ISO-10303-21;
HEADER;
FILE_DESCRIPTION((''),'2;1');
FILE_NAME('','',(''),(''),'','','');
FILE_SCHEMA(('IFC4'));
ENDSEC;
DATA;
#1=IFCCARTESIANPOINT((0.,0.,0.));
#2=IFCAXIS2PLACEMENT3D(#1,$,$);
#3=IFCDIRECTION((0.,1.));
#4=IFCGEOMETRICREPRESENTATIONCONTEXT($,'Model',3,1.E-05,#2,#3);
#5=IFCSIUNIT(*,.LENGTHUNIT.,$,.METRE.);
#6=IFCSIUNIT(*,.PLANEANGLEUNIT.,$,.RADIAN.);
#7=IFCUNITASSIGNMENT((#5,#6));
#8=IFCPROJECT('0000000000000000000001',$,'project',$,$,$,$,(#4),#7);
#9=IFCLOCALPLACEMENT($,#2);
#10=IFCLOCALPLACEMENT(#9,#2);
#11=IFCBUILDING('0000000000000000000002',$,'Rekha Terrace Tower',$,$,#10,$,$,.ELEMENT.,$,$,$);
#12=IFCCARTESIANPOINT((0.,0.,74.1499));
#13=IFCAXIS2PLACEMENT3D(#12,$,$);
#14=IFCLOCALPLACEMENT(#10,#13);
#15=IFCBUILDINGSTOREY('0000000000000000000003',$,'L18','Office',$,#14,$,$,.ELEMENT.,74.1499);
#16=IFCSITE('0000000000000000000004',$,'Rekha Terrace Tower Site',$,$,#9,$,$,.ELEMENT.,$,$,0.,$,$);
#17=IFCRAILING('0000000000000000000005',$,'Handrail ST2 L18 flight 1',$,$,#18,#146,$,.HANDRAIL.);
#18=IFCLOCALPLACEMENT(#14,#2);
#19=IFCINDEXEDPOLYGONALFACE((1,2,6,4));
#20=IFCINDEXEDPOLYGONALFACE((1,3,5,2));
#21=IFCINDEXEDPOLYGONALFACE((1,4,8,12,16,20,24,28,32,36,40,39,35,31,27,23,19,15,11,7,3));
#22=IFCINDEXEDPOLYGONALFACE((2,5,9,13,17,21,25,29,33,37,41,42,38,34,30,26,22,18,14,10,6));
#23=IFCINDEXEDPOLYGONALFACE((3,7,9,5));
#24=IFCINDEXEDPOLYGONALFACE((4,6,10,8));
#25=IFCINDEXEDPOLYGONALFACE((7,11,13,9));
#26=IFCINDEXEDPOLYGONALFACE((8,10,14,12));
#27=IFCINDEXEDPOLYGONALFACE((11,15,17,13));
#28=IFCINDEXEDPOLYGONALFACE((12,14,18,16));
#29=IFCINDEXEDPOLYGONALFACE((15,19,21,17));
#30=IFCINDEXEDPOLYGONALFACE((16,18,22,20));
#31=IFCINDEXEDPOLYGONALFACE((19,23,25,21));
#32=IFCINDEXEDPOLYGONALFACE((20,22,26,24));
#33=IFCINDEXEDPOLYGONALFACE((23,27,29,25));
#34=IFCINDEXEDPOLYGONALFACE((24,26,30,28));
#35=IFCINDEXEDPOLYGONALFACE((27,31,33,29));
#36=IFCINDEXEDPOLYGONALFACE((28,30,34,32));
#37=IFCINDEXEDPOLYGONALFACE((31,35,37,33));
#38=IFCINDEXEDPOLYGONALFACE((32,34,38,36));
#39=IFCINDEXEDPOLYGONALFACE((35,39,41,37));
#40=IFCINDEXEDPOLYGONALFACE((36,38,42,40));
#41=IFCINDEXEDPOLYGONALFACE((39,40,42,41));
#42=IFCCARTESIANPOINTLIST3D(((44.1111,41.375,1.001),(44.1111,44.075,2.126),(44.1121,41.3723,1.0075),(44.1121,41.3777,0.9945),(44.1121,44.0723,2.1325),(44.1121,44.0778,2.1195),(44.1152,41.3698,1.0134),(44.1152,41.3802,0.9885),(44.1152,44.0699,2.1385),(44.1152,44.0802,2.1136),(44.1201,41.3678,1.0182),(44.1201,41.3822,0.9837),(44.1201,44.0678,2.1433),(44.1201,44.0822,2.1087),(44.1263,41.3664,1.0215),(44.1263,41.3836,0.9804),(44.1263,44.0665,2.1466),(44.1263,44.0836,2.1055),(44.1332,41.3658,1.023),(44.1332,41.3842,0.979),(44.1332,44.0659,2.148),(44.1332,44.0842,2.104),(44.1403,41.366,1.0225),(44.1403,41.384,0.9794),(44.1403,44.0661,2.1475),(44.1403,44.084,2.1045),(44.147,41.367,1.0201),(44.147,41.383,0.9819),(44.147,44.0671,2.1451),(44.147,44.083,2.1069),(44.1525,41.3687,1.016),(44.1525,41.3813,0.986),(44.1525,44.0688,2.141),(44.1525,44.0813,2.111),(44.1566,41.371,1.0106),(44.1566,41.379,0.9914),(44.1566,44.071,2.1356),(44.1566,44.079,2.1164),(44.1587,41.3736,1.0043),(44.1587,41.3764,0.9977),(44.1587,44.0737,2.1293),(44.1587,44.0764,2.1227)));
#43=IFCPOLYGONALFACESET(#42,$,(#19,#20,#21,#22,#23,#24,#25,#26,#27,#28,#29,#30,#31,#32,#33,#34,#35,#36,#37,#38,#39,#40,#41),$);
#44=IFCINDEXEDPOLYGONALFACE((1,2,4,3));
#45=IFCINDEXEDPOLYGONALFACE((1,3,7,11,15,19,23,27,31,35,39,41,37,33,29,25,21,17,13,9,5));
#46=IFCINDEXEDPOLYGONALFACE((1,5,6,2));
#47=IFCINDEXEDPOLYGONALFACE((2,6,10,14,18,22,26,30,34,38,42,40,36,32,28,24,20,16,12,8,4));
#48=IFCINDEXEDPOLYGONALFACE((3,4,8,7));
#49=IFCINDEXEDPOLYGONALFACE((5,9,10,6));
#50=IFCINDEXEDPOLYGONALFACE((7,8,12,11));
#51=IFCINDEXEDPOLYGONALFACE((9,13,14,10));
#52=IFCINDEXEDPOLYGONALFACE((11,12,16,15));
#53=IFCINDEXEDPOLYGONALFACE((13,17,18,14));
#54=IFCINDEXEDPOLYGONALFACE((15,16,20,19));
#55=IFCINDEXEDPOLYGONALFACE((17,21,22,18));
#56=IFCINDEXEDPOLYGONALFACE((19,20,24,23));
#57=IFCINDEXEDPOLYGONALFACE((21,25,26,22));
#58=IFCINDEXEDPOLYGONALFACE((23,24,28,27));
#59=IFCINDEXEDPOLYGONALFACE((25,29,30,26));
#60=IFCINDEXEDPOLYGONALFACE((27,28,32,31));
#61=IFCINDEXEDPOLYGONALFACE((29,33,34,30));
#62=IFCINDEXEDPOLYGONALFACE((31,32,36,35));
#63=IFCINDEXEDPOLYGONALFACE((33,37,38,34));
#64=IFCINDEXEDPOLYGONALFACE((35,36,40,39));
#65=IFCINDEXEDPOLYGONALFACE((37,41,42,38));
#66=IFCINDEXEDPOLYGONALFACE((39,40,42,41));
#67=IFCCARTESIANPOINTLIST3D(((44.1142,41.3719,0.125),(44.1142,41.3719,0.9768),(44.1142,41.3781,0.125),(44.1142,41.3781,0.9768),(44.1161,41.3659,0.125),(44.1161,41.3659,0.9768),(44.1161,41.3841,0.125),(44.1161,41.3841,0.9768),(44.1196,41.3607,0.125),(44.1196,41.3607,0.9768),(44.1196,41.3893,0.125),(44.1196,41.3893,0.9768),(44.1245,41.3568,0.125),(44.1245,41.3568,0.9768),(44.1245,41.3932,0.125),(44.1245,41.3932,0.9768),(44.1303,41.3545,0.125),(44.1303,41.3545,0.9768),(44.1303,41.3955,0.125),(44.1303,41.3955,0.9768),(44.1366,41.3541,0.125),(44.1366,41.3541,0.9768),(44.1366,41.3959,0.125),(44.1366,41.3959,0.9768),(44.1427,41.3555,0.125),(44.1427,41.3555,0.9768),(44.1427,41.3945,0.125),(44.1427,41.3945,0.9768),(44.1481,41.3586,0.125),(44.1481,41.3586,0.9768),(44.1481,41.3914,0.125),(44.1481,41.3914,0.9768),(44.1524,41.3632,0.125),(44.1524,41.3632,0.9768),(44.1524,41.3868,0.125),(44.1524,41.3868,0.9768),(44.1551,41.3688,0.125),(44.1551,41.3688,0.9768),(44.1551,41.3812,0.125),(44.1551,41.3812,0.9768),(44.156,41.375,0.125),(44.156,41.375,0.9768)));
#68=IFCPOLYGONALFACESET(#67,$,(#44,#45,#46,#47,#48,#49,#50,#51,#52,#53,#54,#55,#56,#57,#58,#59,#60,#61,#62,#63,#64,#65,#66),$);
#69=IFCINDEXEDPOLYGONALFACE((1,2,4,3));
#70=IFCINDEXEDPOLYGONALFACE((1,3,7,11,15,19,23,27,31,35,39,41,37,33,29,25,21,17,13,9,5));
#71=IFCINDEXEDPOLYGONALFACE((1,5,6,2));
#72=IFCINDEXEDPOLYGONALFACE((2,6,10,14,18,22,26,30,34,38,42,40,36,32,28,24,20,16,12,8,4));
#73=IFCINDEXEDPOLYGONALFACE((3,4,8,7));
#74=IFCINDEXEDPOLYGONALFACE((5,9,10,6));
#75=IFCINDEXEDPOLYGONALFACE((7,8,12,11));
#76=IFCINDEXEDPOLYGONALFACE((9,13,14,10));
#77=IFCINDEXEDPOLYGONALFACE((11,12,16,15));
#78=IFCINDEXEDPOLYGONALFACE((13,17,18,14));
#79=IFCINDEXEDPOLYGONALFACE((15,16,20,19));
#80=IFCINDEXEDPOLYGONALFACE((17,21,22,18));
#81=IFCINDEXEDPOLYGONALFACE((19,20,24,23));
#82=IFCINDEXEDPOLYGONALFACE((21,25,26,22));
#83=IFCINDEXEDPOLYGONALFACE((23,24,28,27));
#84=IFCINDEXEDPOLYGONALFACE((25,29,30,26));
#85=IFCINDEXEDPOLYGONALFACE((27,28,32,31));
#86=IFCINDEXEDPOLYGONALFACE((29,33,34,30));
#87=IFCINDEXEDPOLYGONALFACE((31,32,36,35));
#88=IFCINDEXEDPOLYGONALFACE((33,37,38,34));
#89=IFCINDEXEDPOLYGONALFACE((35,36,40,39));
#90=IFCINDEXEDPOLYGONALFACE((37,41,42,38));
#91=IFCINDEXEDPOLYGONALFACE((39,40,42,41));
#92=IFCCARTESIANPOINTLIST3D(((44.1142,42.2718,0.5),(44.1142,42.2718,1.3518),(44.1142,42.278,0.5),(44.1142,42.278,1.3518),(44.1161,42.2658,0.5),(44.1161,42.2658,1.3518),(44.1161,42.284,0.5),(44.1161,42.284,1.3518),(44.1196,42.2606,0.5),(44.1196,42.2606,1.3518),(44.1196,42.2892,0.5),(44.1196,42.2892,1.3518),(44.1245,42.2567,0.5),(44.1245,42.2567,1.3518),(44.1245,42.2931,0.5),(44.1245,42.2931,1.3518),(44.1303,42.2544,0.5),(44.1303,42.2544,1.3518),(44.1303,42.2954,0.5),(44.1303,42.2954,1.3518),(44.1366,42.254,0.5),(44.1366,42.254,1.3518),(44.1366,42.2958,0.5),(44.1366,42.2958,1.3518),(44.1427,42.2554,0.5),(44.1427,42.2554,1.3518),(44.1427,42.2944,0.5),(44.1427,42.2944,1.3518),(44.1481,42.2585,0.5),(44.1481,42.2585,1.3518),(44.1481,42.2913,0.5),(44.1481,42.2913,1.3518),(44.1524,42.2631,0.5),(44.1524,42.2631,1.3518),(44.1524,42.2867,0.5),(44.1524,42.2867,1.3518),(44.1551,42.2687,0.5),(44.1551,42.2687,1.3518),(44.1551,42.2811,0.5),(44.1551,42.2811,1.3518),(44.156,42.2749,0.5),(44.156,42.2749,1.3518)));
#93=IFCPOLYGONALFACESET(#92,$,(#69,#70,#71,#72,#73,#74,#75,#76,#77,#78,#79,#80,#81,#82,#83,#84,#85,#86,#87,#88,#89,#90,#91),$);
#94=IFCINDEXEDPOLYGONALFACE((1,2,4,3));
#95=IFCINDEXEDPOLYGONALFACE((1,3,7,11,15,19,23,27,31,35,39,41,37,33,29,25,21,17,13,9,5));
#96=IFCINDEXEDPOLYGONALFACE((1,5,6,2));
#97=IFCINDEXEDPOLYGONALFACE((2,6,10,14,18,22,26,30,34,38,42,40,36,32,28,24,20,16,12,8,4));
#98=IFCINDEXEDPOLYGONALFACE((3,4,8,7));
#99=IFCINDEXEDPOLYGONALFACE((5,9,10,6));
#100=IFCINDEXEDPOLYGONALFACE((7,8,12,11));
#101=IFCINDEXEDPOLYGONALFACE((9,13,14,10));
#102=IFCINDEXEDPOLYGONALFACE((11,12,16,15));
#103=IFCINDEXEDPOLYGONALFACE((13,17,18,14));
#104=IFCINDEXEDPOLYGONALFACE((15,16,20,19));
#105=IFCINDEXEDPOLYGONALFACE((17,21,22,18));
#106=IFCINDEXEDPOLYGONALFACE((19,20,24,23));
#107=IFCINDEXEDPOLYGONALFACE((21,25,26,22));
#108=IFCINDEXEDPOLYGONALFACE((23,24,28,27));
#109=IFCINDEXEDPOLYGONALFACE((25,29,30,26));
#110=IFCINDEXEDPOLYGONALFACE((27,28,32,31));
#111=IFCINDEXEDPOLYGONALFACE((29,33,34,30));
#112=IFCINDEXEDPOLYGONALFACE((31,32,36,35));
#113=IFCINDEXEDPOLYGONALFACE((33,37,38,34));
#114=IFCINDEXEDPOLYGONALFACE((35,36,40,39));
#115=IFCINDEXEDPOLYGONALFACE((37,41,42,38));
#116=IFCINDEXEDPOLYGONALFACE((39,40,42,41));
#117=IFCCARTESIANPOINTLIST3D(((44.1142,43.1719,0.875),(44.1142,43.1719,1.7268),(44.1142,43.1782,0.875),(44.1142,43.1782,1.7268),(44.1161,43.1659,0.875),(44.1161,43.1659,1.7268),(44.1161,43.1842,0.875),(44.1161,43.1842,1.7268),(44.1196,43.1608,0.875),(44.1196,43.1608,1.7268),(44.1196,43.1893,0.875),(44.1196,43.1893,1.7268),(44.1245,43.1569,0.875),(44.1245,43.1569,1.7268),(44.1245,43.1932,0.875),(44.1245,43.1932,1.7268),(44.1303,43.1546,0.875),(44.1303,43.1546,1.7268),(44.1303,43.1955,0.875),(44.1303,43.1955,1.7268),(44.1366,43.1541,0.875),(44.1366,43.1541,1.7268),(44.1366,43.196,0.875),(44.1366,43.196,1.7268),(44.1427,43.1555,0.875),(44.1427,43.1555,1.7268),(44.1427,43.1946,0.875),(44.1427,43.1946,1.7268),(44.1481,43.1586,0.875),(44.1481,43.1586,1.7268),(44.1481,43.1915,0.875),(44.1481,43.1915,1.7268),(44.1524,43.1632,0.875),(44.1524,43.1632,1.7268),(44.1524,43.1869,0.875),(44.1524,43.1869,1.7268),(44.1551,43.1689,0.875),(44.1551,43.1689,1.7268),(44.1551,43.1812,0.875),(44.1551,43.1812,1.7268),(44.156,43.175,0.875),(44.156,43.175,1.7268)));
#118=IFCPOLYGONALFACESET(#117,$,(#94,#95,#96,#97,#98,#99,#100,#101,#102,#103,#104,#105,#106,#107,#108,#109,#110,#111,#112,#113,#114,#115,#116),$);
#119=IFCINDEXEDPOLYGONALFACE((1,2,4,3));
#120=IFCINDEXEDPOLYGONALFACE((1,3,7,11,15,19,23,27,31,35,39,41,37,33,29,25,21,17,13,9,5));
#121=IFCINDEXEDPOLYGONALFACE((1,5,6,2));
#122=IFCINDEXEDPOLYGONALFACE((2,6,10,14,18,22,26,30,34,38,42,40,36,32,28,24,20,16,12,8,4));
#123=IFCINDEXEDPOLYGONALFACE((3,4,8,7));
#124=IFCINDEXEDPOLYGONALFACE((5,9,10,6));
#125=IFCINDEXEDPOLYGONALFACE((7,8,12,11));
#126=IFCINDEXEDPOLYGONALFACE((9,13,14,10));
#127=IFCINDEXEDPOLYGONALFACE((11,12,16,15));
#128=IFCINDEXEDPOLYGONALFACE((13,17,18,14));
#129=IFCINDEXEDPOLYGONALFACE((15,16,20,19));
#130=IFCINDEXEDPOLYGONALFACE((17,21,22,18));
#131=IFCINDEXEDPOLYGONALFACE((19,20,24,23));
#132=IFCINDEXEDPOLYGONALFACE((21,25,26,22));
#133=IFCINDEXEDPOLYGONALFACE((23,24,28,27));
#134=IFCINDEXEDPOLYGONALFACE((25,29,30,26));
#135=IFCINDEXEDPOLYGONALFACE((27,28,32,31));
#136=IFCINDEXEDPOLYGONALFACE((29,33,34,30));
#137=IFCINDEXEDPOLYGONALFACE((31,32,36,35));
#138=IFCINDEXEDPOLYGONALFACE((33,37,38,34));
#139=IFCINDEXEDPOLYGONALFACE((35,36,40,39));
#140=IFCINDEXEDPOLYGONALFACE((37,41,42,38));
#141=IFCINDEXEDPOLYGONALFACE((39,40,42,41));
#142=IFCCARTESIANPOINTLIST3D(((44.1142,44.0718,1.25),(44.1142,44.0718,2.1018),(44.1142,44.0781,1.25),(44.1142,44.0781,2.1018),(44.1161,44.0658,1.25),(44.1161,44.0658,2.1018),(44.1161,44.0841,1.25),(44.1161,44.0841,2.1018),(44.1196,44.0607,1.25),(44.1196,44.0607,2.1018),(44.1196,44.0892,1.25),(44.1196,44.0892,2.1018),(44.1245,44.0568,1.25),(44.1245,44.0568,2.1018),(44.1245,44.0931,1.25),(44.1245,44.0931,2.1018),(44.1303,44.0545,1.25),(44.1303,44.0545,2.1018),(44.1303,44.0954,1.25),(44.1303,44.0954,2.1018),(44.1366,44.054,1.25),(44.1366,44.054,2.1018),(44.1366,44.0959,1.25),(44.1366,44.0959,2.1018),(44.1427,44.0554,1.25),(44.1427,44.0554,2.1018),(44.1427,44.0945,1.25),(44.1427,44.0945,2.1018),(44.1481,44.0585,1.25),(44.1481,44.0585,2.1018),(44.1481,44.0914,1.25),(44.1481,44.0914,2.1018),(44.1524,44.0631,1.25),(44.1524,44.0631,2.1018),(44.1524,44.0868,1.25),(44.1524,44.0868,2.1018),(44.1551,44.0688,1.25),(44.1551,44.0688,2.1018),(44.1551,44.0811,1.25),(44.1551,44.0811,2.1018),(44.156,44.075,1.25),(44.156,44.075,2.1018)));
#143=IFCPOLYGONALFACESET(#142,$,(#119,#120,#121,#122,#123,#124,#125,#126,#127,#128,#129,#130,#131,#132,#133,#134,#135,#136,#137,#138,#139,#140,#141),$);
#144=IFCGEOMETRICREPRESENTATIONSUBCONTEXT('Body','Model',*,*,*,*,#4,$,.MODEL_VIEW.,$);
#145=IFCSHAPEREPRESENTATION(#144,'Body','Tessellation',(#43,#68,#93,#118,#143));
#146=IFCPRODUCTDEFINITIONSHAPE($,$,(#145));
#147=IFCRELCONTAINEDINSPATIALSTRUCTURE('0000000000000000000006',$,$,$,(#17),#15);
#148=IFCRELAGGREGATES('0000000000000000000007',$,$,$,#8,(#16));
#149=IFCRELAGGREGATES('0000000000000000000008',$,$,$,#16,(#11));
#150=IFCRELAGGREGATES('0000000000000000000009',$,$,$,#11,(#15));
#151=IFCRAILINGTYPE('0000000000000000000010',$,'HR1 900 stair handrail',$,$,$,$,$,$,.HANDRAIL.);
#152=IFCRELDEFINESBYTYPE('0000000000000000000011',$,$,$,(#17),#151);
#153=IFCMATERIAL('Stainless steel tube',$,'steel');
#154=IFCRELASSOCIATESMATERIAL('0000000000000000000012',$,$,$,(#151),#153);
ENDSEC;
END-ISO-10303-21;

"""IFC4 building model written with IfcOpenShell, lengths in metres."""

from ifc_helpers import new_model, si_unit, direction, frame, origin, origin_2d, place, context, subcontext, project, spatial, circle, extrude, material, type_object, element, save


model = new_model("IFC4")

# Units and contexts
model_context = context("Model", 3, precision=1e-05, world=origin(), true_north=direction((0.0, 1.0)))
body_context = subcontext(model_context, "Body", "Model", "MODEL_VIEW")
ifc_project = project(units=[si_unit("LENGTHUNIT", "METRE"), si_unit("PLANEANGLEUNIT", "RADIAN")], contexts=[model_context])

# Site, building, storey
site_placement = place(None, origin())
site = spatial("IfcSite", under=ifc_project, at=site_placement, Name="Rekha Terrace Tower Site", CompositionType="ELEMENT", RefElevation=0.0)
building_placement = place(site_placement, origin())
building = spatial("IfcBuilding", under=site, at=building_placement, Name="Rekha Terrace Tower", CompositionType="ELEMENT")
storey_placement = place(building_placement, frame((0.0, 0.0, 74.1499)))
storey = spatial("IfcBuildingStorey", under=building, at=storey_placement, Name="L18", Description="Office", CompositionType="ELEMENT", Elevation=74.1499)

# Railing
ifc_material_1 = material(Name="Stainless steel tube", Category="steel")
railing_type = type_object("IfcRailingType", Name="HR1 900 stair handrail", PredefinedType="HANDRAIL", material=ifc_material_1)
railing_placement = place(storey_placement, frame((44.135, 41.375, 0.125)))
element("IfcRailing", 1, at=railing_placement, inside=storey, type_object=railing_type, Name="Handrail ST2 L18 flight 1", PredefinedType="HANDRAIL", context=body_context, shape_type="SweptSolid", body=[
    extrude(circle(Radius=0.0239, at=origin_2d()), frame((0.0, 0.0, 0.876), z_axis=(0.0, 0.923074, 0.384621), x_axis=(-1.0, 0.0, 0.0)), (0.0, 0.0, 1.0), 2.925),
    extrude(circle(Radius=0.021, at=origin_2d()), origin(), (0.0, 0.0, 1.0), 0.8518),
    extrude(circle(Radius=0.021, at=origin_2d()), frame((0.0, 0.8999, 0.375)), (0.0, 0.0, 1.0), 0.8518),
    extrude(circle(Radius=0.021, at=origin_2d()), frame((0.0, 1.8, 0.75)), (0.0, 0.0, 1.0), 0.8518),
    extrude(circle(Radius=0.021, at=origin_2d()), frame((0.0, 2.7, 1.125)), (0.0, 0.0, 1.0), 0.8518),
])

save(model, "model.ifc")
